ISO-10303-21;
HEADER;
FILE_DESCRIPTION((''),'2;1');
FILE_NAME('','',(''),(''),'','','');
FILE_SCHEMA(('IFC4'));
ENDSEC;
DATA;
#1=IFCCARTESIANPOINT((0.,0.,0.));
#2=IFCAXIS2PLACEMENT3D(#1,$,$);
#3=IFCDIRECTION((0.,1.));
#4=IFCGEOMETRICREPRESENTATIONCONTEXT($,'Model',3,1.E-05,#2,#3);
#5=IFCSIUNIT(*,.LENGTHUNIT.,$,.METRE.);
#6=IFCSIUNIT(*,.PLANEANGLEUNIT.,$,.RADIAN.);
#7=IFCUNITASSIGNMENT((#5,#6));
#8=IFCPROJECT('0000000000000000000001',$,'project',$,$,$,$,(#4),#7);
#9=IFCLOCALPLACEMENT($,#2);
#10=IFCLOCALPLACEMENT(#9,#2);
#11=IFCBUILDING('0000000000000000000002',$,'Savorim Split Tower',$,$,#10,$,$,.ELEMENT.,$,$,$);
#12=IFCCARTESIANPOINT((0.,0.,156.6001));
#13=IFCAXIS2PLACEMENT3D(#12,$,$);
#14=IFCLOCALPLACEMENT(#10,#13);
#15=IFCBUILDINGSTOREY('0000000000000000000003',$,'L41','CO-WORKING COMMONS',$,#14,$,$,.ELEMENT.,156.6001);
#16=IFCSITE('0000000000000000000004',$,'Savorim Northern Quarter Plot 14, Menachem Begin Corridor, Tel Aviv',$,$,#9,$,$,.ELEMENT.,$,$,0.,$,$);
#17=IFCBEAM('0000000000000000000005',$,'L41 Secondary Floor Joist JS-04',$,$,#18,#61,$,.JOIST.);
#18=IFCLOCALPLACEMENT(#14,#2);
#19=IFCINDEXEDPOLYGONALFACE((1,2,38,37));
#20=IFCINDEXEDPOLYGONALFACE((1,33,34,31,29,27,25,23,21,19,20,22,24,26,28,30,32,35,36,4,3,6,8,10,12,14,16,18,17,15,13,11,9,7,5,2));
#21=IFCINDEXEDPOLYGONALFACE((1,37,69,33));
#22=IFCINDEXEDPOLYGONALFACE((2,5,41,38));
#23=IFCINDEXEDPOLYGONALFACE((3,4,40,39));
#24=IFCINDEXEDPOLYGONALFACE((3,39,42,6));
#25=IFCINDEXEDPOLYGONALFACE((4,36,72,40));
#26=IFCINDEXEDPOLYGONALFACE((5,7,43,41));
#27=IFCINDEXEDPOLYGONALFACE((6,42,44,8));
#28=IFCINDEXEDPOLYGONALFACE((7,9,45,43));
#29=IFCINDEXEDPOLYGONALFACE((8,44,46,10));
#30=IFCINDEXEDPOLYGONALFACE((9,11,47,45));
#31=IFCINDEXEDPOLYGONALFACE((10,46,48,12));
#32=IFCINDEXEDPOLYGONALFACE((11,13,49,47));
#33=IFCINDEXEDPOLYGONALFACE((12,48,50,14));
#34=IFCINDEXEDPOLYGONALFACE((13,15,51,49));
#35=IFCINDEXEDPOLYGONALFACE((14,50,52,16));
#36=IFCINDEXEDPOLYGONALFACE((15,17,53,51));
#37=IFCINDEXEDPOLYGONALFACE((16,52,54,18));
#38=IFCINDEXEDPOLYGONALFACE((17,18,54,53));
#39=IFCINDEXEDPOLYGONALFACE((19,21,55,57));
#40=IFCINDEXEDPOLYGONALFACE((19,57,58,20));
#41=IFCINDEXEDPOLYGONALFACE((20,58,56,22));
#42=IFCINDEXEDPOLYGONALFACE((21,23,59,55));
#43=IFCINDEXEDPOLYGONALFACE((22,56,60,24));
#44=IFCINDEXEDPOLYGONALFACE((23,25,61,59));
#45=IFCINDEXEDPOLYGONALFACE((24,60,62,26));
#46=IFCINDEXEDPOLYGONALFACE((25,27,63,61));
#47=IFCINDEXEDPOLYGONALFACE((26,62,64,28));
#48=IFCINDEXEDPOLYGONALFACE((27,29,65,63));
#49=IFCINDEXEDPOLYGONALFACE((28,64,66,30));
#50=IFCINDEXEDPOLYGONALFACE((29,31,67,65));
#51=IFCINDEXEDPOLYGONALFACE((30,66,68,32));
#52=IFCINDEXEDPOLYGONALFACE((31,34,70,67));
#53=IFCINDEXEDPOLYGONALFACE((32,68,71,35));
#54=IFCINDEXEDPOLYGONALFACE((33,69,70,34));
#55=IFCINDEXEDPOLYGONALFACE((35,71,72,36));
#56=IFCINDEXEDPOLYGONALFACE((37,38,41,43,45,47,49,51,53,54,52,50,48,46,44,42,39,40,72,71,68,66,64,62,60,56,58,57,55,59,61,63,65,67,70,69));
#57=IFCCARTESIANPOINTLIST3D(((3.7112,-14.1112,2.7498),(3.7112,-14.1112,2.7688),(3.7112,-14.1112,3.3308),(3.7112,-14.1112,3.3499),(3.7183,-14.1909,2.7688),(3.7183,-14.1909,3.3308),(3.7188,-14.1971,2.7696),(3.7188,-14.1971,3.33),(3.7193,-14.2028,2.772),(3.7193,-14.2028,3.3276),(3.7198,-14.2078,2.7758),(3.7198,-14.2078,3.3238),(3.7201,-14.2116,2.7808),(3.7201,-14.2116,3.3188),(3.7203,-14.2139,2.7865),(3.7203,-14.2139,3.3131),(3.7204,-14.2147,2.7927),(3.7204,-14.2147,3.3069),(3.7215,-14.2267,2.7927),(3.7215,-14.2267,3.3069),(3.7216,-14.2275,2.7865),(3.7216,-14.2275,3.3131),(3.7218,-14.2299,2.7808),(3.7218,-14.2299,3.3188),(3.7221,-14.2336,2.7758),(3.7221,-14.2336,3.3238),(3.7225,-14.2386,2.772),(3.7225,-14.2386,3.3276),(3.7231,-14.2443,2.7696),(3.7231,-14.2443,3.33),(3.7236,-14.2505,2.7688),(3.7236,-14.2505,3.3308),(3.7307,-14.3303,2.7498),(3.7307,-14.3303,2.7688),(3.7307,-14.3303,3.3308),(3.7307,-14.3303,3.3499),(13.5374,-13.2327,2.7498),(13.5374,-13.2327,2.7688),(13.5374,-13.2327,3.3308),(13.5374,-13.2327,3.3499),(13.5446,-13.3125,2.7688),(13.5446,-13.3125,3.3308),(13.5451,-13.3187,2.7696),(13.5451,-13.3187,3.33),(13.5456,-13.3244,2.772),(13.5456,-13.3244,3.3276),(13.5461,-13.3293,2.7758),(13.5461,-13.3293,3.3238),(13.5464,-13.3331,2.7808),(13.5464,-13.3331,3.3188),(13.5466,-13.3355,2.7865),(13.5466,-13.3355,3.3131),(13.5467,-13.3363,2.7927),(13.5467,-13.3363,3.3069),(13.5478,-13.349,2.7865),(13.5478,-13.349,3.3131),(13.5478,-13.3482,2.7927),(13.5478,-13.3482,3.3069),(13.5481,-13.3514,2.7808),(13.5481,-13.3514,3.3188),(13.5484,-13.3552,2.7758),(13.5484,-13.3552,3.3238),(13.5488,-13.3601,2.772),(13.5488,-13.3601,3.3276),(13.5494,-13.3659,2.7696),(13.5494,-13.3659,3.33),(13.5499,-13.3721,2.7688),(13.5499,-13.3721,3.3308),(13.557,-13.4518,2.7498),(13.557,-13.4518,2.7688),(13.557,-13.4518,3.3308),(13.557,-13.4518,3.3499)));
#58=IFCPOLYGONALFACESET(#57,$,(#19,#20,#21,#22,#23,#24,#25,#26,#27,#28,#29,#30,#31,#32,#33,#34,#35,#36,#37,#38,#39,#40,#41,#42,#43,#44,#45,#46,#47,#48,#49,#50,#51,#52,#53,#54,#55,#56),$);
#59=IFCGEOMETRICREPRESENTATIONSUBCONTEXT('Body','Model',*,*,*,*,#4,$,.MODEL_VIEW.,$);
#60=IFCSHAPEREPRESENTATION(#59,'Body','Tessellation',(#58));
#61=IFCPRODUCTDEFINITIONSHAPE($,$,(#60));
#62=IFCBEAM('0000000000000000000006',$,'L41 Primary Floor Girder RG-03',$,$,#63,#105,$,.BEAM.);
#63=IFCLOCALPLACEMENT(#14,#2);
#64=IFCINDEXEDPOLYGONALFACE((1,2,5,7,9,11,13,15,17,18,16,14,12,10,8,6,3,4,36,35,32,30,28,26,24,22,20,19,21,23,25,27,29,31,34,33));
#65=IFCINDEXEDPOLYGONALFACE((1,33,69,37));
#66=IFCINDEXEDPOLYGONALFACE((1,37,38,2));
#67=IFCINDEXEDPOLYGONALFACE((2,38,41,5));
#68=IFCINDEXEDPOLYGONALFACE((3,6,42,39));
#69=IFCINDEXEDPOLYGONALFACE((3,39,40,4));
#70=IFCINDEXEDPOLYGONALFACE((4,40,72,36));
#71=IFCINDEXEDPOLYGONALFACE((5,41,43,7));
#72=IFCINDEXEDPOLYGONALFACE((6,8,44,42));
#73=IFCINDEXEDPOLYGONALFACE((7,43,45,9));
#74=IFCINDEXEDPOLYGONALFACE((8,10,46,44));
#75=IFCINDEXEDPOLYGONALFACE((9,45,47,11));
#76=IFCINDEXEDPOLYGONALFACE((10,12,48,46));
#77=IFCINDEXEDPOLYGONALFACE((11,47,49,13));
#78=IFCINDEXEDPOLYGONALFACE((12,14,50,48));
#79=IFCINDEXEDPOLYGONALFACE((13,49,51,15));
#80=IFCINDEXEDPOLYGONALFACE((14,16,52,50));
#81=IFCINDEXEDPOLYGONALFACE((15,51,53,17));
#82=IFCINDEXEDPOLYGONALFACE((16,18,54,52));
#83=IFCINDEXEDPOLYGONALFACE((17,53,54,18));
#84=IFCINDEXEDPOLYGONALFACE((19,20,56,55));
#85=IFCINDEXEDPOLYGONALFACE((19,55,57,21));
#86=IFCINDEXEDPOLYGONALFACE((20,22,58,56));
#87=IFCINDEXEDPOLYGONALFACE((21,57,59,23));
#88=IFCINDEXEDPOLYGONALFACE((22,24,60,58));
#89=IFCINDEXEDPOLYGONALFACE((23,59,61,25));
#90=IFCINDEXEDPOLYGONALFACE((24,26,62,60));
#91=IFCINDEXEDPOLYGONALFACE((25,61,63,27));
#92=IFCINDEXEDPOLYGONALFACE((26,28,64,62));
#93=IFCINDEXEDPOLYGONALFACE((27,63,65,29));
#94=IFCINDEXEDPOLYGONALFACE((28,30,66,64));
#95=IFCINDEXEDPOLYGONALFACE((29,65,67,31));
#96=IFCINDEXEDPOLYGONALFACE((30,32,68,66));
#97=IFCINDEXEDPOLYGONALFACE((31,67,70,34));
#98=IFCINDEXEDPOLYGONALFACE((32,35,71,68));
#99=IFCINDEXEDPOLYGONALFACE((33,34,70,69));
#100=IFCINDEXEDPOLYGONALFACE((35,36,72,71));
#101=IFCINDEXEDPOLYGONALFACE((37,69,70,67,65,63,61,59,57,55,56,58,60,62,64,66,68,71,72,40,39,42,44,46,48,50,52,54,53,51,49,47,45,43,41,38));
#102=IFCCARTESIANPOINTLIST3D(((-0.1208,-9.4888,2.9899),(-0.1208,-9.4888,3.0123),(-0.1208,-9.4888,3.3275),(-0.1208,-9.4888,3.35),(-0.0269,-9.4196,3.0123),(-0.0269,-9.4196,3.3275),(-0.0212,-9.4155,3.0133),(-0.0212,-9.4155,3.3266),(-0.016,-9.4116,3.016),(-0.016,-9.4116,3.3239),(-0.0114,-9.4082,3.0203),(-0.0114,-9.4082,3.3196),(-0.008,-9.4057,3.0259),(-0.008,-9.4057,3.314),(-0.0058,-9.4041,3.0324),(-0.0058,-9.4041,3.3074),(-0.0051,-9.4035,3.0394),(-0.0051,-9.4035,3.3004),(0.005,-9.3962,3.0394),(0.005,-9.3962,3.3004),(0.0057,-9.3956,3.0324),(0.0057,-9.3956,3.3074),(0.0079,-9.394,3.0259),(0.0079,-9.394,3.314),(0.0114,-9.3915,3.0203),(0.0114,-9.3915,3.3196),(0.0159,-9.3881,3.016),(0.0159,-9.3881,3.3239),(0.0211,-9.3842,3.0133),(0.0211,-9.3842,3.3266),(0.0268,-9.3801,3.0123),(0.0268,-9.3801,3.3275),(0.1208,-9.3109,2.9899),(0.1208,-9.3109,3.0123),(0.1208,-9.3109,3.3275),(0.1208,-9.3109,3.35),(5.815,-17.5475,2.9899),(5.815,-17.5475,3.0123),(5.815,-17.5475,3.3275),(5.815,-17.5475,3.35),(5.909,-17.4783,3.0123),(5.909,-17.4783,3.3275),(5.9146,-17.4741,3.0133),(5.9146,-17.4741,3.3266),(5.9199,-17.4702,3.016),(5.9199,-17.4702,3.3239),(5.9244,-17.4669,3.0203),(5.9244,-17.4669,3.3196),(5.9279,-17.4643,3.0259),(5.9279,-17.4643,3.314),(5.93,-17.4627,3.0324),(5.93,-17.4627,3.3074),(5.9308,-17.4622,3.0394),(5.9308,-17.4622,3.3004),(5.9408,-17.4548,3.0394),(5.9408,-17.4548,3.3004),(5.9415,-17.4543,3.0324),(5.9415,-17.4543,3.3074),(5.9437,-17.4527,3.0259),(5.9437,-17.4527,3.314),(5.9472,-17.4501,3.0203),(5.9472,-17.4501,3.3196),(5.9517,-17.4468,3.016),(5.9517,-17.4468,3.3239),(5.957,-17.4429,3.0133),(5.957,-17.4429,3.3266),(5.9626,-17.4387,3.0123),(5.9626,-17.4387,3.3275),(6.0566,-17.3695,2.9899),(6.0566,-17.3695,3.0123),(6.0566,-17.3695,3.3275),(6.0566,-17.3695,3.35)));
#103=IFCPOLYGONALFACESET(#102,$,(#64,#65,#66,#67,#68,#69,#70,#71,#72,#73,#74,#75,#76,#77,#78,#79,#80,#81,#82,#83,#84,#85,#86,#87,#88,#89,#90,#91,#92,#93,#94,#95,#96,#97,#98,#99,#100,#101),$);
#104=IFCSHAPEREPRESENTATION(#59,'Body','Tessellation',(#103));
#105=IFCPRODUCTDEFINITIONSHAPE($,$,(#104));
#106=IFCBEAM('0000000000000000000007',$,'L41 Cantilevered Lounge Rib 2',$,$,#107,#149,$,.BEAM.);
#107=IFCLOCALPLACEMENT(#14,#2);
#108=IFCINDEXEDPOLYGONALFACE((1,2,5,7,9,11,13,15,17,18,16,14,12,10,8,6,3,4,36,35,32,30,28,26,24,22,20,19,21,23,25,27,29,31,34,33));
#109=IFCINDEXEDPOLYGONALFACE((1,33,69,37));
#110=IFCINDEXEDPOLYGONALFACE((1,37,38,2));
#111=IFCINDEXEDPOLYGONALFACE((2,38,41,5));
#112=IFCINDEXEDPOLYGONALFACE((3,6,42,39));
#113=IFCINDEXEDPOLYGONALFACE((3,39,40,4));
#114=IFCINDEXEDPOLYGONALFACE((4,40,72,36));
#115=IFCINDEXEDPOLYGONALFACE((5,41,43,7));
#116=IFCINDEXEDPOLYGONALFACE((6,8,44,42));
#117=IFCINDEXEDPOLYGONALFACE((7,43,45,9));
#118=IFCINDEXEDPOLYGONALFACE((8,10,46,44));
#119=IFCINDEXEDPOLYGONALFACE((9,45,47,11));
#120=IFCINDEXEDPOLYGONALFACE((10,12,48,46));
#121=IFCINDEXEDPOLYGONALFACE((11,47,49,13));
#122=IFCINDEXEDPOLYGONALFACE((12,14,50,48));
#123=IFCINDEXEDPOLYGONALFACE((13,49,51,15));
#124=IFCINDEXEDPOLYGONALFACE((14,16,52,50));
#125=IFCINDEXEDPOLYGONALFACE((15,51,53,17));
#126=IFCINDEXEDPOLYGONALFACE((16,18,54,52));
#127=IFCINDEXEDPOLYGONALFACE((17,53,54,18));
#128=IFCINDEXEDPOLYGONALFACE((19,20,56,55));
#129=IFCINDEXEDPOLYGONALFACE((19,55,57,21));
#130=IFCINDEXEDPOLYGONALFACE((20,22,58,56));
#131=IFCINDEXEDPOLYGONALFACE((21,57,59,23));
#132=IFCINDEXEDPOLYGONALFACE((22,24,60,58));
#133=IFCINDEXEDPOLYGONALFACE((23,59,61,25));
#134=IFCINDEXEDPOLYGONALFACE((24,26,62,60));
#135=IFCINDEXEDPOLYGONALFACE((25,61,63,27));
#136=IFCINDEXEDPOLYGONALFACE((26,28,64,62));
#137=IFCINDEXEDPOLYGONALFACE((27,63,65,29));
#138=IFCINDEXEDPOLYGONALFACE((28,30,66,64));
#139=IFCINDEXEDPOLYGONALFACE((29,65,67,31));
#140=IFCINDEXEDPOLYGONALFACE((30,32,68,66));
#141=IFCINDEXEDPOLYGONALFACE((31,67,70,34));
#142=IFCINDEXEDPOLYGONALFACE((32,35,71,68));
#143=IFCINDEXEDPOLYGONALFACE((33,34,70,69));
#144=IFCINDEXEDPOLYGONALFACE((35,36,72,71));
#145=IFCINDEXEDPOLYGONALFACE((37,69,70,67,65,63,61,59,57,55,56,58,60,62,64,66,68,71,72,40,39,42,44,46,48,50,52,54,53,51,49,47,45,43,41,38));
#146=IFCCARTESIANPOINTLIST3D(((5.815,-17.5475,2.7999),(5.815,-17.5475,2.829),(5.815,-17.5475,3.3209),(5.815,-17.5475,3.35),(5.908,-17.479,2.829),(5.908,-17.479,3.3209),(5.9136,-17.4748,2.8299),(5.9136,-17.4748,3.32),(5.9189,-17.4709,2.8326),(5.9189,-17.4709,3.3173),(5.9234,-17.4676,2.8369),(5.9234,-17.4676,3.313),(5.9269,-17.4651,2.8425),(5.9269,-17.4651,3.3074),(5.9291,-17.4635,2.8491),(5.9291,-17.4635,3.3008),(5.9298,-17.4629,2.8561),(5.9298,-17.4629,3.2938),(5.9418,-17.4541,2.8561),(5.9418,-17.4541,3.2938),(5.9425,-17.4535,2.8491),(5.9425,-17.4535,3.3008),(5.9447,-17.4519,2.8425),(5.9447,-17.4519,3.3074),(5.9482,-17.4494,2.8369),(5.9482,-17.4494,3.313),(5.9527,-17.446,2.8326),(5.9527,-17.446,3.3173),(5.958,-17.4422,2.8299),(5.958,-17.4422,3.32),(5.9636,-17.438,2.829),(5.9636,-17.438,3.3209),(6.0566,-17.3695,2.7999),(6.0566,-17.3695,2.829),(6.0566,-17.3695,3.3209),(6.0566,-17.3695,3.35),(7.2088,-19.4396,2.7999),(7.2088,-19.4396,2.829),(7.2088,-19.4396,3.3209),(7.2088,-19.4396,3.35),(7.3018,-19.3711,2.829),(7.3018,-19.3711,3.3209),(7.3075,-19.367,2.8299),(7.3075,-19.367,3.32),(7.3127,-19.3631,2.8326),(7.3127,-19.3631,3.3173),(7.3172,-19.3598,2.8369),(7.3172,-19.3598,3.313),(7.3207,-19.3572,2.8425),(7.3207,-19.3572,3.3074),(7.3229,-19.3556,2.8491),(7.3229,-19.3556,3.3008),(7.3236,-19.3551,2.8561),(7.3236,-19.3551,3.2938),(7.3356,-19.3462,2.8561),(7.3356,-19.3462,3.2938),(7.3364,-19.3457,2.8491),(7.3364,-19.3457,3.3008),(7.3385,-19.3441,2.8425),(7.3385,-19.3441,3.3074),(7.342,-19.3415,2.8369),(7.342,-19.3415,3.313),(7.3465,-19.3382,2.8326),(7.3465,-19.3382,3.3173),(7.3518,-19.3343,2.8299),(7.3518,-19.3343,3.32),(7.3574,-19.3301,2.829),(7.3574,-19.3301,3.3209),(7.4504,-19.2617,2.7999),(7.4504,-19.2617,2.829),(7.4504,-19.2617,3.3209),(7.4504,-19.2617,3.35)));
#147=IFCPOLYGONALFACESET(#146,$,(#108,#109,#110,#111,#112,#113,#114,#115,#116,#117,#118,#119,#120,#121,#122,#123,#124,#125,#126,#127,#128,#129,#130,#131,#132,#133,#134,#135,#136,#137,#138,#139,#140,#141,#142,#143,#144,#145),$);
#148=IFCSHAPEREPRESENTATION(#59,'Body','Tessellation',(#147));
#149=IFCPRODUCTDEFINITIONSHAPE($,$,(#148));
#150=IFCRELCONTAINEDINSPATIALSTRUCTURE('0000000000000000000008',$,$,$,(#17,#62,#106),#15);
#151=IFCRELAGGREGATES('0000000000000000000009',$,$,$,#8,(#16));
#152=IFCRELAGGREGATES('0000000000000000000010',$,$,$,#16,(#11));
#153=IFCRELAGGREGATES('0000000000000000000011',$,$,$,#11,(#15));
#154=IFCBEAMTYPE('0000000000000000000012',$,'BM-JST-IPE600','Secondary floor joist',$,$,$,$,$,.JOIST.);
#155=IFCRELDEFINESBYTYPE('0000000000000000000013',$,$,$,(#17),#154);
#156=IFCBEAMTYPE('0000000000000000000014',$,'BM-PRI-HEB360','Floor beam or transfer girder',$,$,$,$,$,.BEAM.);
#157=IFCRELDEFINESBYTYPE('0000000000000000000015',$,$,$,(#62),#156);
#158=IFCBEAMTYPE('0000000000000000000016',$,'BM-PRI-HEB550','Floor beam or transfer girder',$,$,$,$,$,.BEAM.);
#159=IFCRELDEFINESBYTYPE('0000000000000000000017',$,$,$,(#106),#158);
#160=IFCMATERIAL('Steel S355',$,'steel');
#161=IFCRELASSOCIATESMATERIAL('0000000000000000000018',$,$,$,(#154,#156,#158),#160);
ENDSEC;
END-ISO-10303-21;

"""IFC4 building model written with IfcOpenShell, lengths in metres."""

from ifc_helpers import new_model, si_unit, direction, frame, origin, origin_2d, place, context, subcontext, project, spatial, i_section, extrude, material, material_profile, profile_set, type_object, element, save


model = new_model("IFC4")

# Units and contexts
model_context = context("Model", 3, precision=1e-05, world=origin(), true_north=direction((0.0, 1.0)))
body_context = subcontext(model_context, "Body", "Model", "MODEL_VIEW")
ifc_project = project(units=[si_unit("LENGTHUNIT", "METRE"), si_unit("PLANEANGLEUNIT", "RADIAN")], contexts=[model_context])

# Site, building, storey
site_placement = place(None, origin())
site = spatial("IfcSite", under=ifc_project, at=site_placement, Name="Savorim Northern Quarter Plot 14, Menachem Begin Corridor, Tel Aviv", CompositionType="ELEMENT", RefElevation=0.0)
building_placement = place(site_placement, origin())
building = spatial("IfcBuilding", under=site, at=building_placement, Name="Savorim Split Tower", CompositionType="ELEMENT")
storey_placement = place(building_placement, frame((0.0, 0.0, 156.6001)))
storey = spatial("IfcBuildingStorey", under=building, at=storey_placement, Name="L41", Description="CO-WORKING COMMONS", CompositionType="ELEMENT", Elevation=156.6001)

# Beams
ifc_material_1 = material(Name="Steel S355", Category="steel")
ifc_material_profile_1 = material_profile(ifc_material_1, i_section(OverallWidth=0.22, OverallDepth=0.6001, WebThickness=0.012, FlangeThickness=0.019, FilletRadius=0.0239, at=origin_2d()), Name="IPE 600")
ifc_profile_set_1 = profile_set([ifc_material_profile_1], Name="Steel S355")
beam_type_1 = type_object("IfcBeamType", Name="BM-JST-IPE600", Description="Secondary floor joist", PredefinedType="JOIST", material=ifc_profile_set_1)
beam_1_placement = place(storey_placement, frame((3.7209, -14.2207, 3.0498), z_axis=(0.996028, 0.089041, 0.0), x_axis=(-0.089041, 0.996028, 0.0)))
element("IfcBeam", 1, at=beam_1_placement, inside=storey, type_object=beam_type_1, Name="L41 Secondary Floor Joist JS-04", PredefinedType="JOIST", context=body_context, shape_type="SweptSolid", body=[
    extrude(i_section(OverallWidth=0.22, OverallDepth=0.6001, WebThickness=0.012, FlangeThickness=0.019, FilletRadius=0.0239, at=origin_2d()), origin(), (0.0, 0.0, 1.0), 9.8655),
])
ifc_material_profile_2 = material_profile(ifc_material_1, i_section(OverallWidth=0.3, OverallDepth=0.3601, WebThickness=0.0125, FlangeThickness=0.0225, FilletRadius=0.0271, at=origin_2d()), Name="HEB 360")
ifc_profile_set_2 = profile_set([ifc_material_profile_2], Name="Steel S355")
beam_type_2 = type_object("IfcBeamType", Name="BM-PRI-HEB360", Description="Floor beam or transfer girder", PredefinedType="BEAM", material=ifc_profile_set_2)
beam_2_placement = place(storey_placement, frame((5.9358, -17.4585, 3.1699), z_axis=(-0.593062, 0.805157, 0.0), x_axis=(-0.805157, -0.593062, 0.0)))
element("IfcBeam", 2, at=beam_2_placement, inside=storey, type_object=beam_type_2, Name="L41 Primary Floor Girder RG-03", PredefinedType="BEAM", context=body_context, shape_type="SweptSolid", body=[
    extrude(i_section(OverallWidth=0.3, OverallDepth=0.3601, WebThickness=0.0125, FlangeThickness=0.0225, FilletRadius=0.0271, at=origin_2d()), origin(), (0.0, 0.0, 1.0), 10.0088),
])
ifc_material_profile_3 = material_profile(ifc_material_1, i_section(OverallWidth=0.3, OverallDepth=0.55, WebThickness=0.0149, FlangeThickness=0.0291, FilletRadius=0.0271, at=origin_2d()), Name="HEB 550")
ifc_profile_set_3 = profile_set([ifc_material_profile_3], Name="Steel S355")
beam_type_3 = type_object("IfcBeamType", Name="BM-PRI-HEB550", Description="Floor beam or transfer girder", PredefinedType="BEAM", material=ifc_profile_set_3)
beam_3_placement = place(storey_placement, frame((5.9358, -17.4585, 3.075), z_axis=(0.593096, -0.805132, 0.0), x_axis=(0.805132, 0.593096, 0.0)))
element("IfcBeam", 3, at=beam_3_placement, inside=storey, type_object=beam_type_3, Name="L41 Cantilevered Lounge Rib 2", PredefinedType="BEAM", context=body_context, shape_type="SweptSolid", body=[
    extrude(i_section(OverallWidth=0.3, OverallDepth=0.55, WebThickness=0.0149, FlangeThickness=0.0291, FilletRadius=0.0271, at=origin_2d()), origin(), (0.0, 0.0, 1.0), 2.3501),
])

save(model, "model.ifc")
